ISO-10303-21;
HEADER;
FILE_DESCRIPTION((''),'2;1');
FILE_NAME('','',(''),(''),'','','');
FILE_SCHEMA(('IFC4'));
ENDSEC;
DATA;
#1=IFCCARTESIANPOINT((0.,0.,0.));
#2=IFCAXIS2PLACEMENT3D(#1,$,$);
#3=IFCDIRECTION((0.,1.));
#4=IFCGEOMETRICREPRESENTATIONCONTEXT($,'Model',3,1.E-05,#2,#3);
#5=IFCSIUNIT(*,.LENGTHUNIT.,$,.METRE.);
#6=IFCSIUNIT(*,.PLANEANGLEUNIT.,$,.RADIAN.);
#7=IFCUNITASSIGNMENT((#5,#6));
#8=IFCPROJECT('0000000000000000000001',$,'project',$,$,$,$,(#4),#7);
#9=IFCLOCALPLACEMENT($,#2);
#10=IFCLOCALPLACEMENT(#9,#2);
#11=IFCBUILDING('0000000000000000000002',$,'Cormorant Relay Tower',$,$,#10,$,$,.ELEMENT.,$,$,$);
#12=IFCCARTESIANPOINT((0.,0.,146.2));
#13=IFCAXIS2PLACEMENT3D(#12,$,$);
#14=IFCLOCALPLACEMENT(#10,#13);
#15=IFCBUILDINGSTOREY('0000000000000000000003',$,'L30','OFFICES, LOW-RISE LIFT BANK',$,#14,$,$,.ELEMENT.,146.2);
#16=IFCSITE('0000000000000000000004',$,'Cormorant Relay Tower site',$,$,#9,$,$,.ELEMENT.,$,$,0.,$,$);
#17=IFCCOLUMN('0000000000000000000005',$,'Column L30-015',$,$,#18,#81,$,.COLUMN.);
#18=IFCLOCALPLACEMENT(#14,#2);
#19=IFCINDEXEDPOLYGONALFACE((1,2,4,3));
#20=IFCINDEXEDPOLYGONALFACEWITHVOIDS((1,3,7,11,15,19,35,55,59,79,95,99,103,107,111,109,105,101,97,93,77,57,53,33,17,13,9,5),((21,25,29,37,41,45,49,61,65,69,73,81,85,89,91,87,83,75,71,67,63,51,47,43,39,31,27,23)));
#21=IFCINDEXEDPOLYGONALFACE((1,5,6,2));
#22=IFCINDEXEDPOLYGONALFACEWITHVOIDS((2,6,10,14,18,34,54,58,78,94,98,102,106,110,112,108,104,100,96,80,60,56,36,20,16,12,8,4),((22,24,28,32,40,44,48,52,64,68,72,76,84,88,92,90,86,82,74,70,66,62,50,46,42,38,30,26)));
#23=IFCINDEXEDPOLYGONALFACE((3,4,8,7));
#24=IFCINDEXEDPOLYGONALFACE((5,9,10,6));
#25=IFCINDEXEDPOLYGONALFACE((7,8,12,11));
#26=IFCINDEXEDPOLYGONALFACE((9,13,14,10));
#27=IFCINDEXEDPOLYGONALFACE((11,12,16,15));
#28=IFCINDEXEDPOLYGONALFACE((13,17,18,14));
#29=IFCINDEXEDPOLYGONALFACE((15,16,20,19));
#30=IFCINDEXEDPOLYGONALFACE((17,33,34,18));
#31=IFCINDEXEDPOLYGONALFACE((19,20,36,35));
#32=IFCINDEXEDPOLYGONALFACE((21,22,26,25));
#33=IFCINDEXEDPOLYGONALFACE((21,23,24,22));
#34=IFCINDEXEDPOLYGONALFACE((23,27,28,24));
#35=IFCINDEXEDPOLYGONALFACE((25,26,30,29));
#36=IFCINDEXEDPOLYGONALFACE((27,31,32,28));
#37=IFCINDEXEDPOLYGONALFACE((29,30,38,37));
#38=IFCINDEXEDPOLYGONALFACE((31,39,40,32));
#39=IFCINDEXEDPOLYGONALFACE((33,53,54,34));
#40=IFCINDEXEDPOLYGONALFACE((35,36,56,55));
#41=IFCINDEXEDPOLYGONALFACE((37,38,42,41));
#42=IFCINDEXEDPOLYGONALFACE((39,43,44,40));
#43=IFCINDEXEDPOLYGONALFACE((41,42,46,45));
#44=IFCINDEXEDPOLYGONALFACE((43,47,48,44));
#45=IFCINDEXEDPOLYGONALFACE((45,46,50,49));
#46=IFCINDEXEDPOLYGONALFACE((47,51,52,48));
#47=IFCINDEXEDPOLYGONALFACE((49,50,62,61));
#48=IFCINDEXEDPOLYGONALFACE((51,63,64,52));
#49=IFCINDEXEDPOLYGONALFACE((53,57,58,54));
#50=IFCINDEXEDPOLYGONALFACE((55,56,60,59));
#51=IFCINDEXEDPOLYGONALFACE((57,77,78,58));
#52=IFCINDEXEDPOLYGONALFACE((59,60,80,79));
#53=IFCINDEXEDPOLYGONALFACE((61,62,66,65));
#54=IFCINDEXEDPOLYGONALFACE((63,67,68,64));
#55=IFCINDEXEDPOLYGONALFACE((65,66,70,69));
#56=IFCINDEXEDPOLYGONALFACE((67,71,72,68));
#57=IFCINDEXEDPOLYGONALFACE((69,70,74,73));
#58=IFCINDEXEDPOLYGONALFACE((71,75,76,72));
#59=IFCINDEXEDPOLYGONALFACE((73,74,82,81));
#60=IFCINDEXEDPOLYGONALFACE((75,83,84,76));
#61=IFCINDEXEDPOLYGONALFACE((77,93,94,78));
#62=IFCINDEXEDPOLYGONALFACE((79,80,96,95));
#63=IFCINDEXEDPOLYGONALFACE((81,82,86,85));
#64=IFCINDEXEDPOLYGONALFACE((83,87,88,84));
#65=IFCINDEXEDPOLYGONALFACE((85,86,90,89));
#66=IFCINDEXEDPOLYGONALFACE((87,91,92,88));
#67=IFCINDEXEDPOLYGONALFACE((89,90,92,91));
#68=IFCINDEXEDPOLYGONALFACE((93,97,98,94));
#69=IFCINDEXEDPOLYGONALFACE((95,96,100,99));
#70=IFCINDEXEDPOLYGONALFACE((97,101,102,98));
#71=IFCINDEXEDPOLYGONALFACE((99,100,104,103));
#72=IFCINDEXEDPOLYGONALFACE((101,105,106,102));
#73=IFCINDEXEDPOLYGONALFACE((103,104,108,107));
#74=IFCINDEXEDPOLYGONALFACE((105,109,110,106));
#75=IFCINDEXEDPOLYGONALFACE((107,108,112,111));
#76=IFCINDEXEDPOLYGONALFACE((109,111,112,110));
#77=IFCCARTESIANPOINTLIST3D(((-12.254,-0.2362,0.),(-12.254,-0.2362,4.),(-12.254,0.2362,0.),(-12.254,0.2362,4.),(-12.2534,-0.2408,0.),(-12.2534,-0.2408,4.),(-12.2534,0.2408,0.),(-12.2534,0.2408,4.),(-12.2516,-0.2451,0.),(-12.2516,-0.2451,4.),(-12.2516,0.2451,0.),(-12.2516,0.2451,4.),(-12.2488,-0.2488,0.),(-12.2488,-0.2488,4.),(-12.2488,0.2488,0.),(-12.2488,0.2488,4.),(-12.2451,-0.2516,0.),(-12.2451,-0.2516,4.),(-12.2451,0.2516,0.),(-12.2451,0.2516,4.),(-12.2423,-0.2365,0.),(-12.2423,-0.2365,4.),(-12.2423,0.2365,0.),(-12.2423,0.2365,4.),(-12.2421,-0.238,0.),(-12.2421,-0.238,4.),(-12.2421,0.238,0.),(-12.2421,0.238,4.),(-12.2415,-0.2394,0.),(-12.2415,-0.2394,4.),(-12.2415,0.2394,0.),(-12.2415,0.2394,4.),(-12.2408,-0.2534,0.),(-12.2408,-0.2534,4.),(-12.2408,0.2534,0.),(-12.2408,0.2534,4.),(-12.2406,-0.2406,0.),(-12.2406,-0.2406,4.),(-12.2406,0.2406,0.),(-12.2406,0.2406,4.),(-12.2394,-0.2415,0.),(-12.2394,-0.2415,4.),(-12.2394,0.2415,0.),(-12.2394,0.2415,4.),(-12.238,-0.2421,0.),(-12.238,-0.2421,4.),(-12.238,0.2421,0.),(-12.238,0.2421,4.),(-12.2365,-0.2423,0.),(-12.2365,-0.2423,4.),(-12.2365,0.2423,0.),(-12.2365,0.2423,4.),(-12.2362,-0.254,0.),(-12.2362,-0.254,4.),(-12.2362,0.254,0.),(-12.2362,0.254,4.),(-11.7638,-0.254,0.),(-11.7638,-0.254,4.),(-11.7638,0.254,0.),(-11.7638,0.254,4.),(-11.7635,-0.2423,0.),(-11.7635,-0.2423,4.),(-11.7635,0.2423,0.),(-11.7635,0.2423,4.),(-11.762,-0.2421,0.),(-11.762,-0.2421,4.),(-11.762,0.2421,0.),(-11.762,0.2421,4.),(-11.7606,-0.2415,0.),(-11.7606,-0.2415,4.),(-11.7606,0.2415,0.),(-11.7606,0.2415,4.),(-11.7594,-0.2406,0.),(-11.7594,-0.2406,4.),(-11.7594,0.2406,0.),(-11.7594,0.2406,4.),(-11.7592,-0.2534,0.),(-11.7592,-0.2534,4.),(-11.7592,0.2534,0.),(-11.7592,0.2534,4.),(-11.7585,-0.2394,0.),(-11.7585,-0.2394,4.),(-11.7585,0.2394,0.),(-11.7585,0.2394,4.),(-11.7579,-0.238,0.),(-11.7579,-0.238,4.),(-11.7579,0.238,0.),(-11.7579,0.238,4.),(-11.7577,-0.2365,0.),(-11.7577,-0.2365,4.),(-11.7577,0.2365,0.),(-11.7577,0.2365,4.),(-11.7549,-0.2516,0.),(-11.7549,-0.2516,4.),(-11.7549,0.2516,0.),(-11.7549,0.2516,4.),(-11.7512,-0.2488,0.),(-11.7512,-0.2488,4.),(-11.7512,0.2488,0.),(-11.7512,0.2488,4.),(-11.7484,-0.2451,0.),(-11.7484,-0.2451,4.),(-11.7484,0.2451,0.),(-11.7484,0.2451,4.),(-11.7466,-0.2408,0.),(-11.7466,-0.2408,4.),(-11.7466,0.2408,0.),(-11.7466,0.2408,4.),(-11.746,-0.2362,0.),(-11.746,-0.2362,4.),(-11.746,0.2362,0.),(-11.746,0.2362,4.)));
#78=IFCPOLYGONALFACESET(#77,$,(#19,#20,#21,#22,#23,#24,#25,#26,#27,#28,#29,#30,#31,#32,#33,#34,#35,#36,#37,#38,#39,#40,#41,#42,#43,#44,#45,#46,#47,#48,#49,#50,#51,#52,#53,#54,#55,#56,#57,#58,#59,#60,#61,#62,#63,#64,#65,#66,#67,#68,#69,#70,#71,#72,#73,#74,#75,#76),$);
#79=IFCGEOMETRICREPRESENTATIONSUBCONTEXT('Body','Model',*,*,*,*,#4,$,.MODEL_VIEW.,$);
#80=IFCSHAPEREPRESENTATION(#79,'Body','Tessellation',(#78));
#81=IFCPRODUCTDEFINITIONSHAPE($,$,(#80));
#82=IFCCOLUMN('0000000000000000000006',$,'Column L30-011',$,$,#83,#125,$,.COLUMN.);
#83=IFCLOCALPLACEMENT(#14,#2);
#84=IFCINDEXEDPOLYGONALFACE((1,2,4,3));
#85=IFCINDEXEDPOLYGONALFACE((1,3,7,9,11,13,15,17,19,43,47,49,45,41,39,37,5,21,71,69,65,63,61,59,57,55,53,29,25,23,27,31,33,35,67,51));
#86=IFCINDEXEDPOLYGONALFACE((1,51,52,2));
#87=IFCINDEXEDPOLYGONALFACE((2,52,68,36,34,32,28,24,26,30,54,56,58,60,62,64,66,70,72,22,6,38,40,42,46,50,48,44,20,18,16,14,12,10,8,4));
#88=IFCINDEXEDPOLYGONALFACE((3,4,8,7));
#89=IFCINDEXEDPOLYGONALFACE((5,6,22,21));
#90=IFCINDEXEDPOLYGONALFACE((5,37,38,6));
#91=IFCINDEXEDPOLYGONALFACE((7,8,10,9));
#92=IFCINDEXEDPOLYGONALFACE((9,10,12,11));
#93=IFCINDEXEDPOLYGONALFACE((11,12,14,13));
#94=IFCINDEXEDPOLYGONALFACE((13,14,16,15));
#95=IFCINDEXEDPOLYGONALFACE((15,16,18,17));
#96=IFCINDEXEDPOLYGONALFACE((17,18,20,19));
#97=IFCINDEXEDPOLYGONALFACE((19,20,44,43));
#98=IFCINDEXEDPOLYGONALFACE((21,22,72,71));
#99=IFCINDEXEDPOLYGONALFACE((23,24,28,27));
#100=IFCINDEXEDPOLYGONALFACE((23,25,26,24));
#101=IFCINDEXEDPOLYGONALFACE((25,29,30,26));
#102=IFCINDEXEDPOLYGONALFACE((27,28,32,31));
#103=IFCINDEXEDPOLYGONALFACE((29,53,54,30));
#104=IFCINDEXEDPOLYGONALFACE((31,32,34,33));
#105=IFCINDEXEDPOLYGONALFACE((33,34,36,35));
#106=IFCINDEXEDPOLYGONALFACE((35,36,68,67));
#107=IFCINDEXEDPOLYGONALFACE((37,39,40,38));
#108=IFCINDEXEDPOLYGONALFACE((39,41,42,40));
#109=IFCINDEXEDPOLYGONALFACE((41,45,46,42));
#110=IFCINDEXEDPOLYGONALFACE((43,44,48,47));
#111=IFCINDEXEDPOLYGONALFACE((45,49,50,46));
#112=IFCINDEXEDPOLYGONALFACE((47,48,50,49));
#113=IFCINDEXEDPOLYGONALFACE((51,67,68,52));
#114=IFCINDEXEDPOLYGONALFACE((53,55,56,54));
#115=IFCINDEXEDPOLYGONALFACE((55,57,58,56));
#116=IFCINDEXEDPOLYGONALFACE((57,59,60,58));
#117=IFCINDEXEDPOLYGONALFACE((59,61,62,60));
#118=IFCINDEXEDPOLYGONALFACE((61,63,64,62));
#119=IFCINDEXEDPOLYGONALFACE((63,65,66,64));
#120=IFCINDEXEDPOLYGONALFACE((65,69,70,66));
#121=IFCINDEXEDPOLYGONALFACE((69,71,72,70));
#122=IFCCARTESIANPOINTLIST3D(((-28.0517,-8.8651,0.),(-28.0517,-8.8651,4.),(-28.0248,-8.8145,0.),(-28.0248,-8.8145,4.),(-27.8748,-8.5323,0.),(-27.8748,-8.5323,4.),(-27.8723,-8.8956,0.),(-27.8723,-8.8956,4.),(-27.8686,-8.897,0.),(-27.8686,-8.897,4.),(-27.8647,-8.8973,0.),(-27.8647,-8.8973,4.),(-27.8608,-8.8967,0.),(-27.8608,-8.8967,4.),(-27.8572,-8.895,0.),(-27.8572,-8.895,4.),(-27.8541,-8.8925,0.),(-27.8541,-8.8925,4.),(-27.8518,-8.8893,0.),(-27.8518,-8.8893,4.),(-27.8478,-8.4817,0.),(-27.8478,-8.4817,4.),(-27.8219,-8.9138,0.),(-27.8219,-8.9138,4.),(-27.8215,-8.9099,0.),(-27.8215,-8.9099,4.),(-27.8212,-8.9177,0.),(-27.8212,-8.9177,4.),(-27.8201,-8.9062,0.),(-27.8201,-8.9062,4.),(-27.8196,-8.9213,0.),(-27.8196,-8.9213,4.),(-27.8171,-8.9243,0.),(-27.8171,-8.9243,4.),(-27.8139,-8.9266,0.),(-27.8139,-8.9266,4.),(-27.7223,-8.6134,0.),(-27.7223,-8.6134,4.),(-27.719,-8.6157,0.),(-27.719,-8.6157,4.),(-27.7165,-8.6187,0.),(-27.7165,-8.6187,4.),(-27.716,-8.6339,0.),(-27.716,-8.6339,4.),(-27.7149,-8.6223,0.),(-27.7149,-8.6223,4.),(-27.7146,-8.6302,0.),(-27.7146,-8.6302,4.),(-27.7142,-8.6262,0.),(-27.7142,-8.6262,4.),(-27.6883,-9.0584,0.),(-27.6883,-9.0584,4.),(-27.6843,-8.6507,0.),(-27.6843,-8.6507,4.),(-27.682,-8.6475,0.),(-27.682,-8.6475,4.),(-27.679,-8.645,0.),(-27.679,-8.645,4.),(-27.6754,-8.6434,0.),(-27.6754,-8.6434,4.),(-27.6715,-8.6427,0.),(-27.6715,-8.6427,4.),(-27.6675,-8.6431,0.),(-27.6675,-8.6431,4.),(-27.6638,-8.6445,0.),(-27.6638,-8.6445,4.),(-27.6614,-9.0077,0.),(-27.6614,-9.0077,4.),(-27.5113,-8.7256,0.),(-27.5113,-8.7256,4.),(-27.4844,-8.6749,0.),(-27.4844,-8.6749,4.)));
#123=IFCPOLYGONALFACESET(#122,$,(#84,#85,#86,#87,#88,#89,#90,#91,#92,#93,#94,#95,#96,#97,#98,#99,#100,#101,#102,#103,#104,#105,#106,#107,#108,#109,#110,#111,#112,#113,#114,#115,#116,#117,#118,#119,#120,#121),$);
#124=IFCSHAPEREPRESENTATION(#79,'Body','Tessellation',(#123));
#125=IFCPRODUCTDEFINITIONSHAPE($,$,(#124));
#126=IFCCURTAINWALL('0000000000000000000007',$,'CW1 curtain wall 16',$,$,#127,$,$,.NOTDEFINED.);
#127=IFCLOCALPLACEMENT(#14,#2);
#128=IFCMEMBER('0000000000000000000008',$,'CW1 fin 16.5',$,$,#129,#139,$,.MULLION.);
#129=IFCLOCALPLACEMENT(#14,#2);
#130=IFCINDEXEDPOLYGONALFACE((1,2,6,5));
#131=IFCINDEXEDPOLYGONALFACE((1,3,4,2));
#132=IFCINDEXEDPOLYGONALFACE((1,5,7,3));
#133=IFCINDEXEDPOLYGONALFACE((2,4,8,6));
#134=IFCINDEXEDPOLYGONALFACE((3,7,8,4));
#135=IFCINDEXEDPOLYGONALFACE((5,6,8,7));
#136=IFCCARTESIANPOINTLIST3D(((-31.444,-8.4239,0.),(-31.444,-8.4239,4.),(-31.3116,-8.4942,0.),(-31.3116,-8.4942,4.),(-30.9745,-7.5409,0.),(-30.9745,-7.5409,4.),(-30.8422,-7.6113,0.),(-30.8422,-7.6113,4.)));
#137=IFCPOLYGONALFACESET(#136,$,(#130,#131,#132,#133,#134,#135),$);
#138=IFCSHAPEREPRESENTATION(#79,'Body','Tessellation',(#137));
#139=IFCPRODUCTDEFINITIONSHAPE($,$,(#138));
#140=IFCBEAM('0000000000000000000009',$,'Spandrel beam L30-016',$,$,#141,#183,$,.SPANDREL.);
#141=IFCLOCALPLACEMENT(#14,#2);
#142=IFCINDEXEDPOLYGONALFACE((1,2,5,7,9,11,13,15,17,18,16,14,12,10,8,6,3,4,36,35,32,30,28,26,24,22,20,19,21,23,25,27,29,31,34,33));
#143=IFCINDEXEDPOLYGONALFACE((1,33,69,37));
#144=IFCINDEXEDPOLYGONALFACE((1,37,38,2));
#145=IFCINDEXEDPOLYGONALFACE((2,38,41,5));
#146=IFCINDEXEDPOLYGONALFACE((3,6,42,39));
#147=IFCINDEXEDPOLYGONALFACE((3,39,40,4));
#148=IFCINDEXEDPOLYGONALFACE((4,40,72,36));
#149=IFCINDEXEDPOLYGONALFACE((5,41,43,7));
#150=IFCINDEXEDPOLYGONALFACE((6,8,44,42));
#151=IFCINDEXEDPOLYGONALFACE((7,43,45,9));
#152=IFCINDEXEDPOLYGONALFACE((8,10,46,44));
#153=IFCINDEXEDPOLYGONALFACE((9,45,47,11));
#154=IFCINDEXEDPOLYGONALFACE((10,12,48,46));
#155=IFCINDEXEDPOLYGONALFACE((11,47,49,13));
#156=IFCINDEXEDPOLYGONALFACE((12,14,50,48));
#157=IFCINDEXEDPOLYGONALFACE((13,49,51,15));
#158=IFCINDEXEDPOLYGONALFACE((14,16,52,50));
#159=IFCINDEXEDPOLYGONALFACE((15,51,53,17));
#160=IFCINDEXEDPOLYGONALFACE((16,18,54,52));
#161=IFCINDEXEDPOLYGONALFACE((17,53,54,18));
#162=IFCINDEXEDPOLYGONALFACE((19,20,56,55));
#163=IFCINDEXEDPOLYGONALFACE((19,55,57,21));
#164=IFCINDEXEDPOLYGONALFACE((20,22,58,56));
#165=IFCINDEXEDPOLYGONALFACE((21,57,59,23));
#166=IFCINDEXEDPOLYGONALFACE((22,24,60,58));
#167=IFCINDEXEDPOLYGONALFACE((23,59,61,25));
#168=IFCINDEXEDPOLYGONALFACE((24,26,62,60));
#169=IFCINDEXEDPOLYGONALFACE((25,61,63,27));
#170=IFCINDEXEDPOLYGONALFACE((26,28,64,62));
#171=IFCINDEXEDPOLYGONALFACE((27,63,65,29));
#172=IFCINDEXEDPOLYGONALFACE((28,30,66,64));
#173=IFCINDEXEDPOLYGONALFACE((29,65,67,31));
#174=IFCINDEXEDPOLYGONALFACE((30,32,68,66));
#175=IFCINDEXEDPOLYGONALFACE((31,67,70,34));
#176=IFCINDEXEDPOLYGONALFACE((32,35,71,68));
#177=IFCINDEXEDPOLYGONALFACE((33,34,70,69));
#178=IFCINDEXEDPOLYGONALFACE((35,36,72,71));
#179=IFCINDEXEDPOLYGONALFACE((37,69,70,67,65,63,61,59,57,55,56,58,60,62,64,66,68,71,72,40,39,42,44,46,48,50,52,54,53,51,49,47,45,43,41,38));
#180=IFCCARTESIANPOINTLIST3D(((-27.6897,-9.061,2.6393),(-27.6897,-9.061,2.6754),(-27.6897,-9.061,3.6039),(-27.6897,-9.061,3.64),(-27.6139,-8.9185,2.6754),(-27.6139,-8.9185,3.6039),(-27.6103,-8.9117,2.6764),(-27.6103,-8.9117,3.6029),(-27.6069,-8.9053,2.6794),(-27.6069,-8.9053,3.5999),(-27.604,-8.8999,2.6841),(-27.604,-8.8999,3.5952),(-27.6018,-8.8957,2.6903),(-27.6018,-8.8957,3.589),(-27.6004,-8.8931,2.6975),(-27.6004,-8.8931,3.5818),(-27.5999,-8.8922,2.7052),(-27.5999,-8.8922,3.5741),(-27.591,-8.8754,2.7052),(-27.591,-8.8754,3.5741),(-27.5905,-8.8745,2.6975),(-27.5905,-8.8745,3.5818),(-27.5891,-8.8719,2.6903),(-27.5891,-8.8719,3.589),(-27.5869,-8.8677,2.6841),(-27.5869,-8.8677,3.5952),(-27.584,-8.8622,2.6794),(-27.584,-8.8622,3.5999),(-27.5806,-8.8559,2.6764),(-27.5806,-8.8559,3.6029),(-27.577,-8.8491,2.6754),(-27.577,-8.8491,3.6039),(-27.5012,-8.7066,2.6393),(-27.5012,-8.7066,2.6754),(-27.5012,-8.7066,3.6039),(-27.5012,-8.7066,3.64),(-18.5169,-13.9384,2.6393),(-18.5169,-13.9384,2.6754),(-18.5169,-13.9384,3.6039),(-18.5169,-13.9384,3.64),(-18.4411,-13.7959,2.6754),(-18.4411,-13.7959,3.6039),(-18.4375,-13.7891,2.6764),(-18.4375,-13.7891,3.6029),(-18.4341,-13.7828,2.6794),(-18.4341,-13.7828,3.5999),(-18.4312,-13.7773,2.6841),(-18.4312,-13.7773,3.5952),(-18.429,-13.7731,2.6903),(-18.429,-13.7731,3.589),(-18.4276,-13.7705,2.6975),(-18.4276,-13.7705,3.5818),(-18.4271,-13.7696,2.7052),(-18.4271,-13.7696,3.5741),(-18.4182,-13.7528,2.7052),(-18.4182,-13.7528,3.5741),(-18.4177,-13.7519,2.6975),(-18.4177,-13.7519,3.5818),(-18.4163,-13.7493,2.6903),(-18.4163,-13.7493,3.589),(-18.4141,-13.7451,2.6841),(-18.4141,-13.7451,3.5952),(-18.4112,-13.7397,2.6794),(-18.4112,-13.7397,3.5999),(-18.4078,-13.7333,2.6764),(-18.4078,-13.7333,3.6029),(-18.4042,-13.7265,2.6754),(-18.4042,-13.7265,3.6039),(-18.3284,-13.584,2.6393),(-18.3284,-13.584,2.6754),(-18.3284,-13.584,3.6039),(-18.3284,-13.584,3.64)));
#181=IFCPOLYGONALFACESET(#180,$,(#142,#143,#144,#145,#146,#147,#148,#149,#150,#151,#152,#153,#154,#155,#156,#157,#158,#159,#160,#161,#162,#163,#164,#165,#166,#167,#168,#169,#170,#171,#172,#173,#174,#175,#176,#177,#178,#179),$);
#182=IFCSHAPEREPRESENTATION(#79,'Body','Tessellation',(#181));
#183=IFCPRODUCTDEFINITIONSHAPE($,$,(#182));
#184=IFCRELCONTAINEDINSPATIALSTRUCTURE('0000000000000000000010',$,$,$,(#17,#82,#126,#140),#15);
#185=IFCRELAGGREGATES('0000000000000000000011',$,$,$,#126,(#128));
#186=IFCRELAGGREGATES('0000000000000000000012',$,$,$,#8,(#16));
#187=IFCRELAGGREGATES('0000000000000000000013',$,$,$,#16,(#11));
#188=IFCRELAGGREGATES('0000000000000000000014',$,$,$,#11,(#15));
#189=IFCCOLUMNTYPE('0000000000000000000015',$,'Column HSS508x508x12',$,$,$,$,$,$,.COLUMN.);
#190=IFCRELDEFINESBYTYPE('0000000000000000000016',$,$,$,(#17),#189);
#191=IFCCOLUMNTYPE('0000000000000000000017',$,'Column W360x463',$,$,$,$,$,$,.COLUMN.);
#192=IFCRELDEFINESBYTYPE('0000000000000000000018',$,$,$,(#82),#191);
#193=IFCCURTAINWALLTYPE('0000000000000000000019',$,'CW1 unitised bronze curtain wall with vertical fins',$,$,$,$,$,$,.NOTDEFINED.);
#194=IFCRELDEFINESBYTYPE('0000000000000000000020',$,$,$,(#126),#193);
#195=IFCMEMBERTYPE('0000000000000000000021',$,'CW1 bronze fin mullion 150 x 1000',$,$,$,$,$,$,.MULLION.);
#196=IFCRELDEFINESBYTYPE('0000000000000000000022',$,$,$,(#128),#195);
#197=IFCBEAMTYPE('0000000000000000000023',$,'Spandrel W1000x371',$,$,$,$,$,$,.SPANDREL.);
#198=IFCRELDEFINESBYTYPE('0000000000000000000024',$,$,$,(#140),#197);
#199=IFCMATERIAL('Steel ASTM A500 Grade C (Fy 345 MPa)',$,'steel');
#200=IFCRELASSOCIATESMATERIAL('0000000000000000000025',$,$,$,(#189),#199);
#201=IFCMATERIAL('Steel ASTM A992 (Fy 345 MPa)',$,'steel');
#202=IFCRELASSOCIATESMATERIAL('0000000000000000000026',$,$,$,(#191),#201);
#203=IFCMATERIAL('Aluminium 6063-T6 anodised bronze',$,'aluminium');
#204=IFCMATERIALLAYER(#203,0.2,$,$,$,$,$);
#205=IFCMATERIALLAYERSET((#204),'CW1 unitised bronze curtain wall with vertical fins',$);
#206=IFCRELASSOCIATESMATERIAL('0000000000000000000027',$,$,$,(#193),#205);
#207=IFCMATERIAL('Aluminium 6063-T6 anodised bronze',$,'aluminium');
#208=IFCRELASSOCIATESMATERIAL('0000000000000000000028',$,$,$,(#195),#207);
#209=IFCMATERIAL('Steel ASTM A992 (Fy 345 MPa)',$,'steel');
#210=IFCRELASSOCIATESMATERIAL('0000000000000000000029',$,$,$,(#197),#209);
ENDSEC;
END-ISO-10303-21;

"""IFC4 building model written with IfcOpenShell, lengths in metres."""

from ifc_helpers import new_model, si_unit, direction, frame, origin, origin_2d, place, context, subcontext, project, spatial, rectangle, hollow_rectangle, i_section, extrude, material, layer, layer_set, material_profile, profile_set, type_object, element, aggregate, save


model = new_model("IFC4")

# Units and contexts
model_context = context("Model", 3, precision=1e-05, world=origin(), true_north=direction((0.0, 1.0)))
body_context = subcontext(model_context, "Body", "Model", "MODEL_VIEW")
ifc_project = project(units=[si_unit("LENGTHUNIT", "METRE"), si_unit("PLANEANGLEUNIT", "RADIAN")], contexts=[model_context])

# Site, building, storey
site_placement = place(None, origin())
site = spatial("IfcSite", under=ifc_project, at=site_placement, Name="Cormorant Relay Tower site", CompositionType="ELEMENT", RefElevation=0.0)
building_placement = place(site_placement, origin())
building = spatial("IfcBuilding", under=site, at=building_placement, Name="Cormorant Relay Tower", CompositionType="ELEMENT")
storey_placement = place(building_placement, frame((0.0, 0.0, 146.2)))
storey = spatial("IfcBuildingStorey", under=building, at=storey_placement, Name="L30", Description="OFFICES, LOW-RISE LIFT BANK", CompositionType="ELEMENT", Elevation=146.2)

# Columns
ifc_material_1 = material(Name="Steel ASTM A500 Grade C (Fy 345 MPa)", Category="steel")
ifc_material_profile_1 = material_profile(ifc_material_1, hollow_rectangle(XDim=0.5081, YDim=0.5081, WallThickness=0.0117, InnerFilletRadius=0.0059, OuterFilletRadius=0.0178, at=origin_2d()), Name="HSS508x508x12")
ifc_profile_set_1 = profile_set([ifc_material_profile_1], Name="Steel ASTM A500 Grade C (Fy 345 MPa)")
column_type_1 = type_object("IfcColumnType", Name="Column HSS508x508x12", PredefinedType="COLUMN", material=ifc_profile_set_1)
column_1_placement = place(storey_placement, frame((-12.0, 0.0, 0.0), z_axis=(0.0, 0.0, 1.0), x_axis=(1.0, 0.0, 0.0)))
element("IfcColumn", 1, at=column_1_placement, inside=storey, type_object=column_type_1, Name="Column L30-015", PredefinedType="COLUMN", context=body_context, shape_type="SweptSolid", body=[
    extrude(hollow_rectangle(XDim=0.5081, YDim=0.5081, WallThickness=0.0117, InnerFilletRadius=0.0059, OuterFilletRadius=0.0178, at=origin_2d()), origin(), (0.0, 0.0, 1.0), 4.0),
])
ifc_material_2 = material(Name="Steel ASTM A992 (Fy 345 MPa)", Category="steel")
ifc_material_profile_2 = material_profile(ifc_material_2, i_section(OverallWidth=0.4116, OverallDepth=0.4343, WebThickness=0.0359, FlangeThickness=0.0574, FilletRadius=0.0151, at=origin_2d()), Name="W360x463")
ifc_profile_set_2 = profile_set([ifc_material_profile_2], Name="Steel ASTM A992 (Fy 345 MPa)")
column_type_2 = type_object("IfcColumnType", Name="Column W360x463", PredefinedType="COLUMN", material=ifc_profile_set_2)
column_2_placement = place(storey_placement, frame((-27.7681, -8.77, 0.0), z_axis=(0.0, 0.0, 1.0), x_axis=(0.882948, -0.469472, 0.0)))
element("IfcColumn", 2, at=column_2_placement, inside=storey, type_object=column_type_2, Name="Column L30-011", PredefinedType="COLUMN", context=body_context, shape_type="SweptSolid", body=[
    extrude(i_section(OverallWidth=0.4116, OverallDepth=0.4343, WebThickness=0.0359, FlangeThickness=0.0574, FilletRadius=0.0151, at=origin_2d()), origin(), (0.0, 0.0, 1.0), 4.0),
])

# Curtain wall, member
ifc_material_3 = material(Name="Aluminium 6063-T6 anodised bronze", Category="aluminium")
ifc_layer_1 = layer(ifc_material_3, 0.2)
ifc_layer_set_1 = layer_set([ifc_layer_1], Name="CW1 unitised bronze curtain wall with vertical fins")
curtain_wall_type = type_object("IfcCurtainWallType", Name="CW1 unitised bronze curtain wall with vertical fins", PredefinedType="NOTDEFINED", material=ifc_layer_set_1)
curtain_wall_placement = place(storey_placement, origin())
curtain_wall = element("IfcCurtainWall", 3, at=curtain_wall_placement, inside=storey, type_object=curtain_wall_type, Name="CW1 curtain wall 16", PredefinedType="NOTDEFINED")
ifc_material_4 = material(Name="Aluminium 6063-T6 anodised bronze", Category="aluminium")
ifc_material_profile_3 = material_profile(ifc_material_4, rectangle(XDim=0.1499, YDim=1.0, at=origin_2d()), Name="AL 150x1000")
ifc_profile_set_3 = profile_set([ifc_material_profile_3], Name="Aluminium 6063-T6 anodised bronze")
member_type = type_object("IfcMemberType", Name="CW1 bronze fin mullion 150 x 1000", PredefinedType="MULLION", material=ifc_profile_set_3)
member_placement = place(storey_placement, frame((-31.1431, -8.0176, 0.0), z_axis=(0.0, 0.0, 1.0), x_axis=(0.882948, -0.469472, 0.0)))
member = element("IfcMember", 4, at=member_placement, type_object=member_type, Name="CW1 fin 16.5", PredefinedType="MULLION", context=body_context, shape_type="SweptSolid", body=[
    extrude(rectangle(XDim=0.1499, YDim=1.0, at=origin_2d()), origin(), (0.0, 0.0, 1.0), 4.0),
])
aggregate(curtain_wall, [member])

# Beam
ifc_material_5 = material(Name="Steel ASTM A992 (Fy 345 MPa)", Category="steel")
ifc_material_profile_4 = material_profile(ifc_material_5, i_section(OverallWidth=0.4014, OverallDepth=1.0007, WebThickness=0.019, FlangeThickness=0.0361, FilletRadius=0.0298, at=origin_2d()), Name="W1000x371")
ifc_profile_set_4 = profile_set([ifc_material_profile_4], Name="Steel ASTM A992 (Fy 345 MPa)")
beam_type = type_object("IfcBeamType", Name="Spandrel W1000x371", PredefinedType="SPANDREL", material=ifc_profile_set_4)
beam_placement = place(storey_placement, frame((-27.5955, -8.8838, 3.1396), z_axis=(0.882942, -0.469483, 0.0), x_axis=(0.469483, 0.882942, 0.0)))
element("IfcBeam", 5, at=beam_placement, inside=storey, type_object=beam_type, Name="Spandrel beam L30-016", PredefinedType="SPANDREL", context=body_context, shape_type="SweptSolid", body=[
    extrude(i_section(OverallWidth=0.4014, OverallDepth=1.0007, WebThickness=0.019, FlangeThickness=0.0361, FilletRadius=0.0298, at=origin_2d()), origin(), (0.0, 0.0, 1.0), 10.3889),
])

save(model, "model.ifc")
